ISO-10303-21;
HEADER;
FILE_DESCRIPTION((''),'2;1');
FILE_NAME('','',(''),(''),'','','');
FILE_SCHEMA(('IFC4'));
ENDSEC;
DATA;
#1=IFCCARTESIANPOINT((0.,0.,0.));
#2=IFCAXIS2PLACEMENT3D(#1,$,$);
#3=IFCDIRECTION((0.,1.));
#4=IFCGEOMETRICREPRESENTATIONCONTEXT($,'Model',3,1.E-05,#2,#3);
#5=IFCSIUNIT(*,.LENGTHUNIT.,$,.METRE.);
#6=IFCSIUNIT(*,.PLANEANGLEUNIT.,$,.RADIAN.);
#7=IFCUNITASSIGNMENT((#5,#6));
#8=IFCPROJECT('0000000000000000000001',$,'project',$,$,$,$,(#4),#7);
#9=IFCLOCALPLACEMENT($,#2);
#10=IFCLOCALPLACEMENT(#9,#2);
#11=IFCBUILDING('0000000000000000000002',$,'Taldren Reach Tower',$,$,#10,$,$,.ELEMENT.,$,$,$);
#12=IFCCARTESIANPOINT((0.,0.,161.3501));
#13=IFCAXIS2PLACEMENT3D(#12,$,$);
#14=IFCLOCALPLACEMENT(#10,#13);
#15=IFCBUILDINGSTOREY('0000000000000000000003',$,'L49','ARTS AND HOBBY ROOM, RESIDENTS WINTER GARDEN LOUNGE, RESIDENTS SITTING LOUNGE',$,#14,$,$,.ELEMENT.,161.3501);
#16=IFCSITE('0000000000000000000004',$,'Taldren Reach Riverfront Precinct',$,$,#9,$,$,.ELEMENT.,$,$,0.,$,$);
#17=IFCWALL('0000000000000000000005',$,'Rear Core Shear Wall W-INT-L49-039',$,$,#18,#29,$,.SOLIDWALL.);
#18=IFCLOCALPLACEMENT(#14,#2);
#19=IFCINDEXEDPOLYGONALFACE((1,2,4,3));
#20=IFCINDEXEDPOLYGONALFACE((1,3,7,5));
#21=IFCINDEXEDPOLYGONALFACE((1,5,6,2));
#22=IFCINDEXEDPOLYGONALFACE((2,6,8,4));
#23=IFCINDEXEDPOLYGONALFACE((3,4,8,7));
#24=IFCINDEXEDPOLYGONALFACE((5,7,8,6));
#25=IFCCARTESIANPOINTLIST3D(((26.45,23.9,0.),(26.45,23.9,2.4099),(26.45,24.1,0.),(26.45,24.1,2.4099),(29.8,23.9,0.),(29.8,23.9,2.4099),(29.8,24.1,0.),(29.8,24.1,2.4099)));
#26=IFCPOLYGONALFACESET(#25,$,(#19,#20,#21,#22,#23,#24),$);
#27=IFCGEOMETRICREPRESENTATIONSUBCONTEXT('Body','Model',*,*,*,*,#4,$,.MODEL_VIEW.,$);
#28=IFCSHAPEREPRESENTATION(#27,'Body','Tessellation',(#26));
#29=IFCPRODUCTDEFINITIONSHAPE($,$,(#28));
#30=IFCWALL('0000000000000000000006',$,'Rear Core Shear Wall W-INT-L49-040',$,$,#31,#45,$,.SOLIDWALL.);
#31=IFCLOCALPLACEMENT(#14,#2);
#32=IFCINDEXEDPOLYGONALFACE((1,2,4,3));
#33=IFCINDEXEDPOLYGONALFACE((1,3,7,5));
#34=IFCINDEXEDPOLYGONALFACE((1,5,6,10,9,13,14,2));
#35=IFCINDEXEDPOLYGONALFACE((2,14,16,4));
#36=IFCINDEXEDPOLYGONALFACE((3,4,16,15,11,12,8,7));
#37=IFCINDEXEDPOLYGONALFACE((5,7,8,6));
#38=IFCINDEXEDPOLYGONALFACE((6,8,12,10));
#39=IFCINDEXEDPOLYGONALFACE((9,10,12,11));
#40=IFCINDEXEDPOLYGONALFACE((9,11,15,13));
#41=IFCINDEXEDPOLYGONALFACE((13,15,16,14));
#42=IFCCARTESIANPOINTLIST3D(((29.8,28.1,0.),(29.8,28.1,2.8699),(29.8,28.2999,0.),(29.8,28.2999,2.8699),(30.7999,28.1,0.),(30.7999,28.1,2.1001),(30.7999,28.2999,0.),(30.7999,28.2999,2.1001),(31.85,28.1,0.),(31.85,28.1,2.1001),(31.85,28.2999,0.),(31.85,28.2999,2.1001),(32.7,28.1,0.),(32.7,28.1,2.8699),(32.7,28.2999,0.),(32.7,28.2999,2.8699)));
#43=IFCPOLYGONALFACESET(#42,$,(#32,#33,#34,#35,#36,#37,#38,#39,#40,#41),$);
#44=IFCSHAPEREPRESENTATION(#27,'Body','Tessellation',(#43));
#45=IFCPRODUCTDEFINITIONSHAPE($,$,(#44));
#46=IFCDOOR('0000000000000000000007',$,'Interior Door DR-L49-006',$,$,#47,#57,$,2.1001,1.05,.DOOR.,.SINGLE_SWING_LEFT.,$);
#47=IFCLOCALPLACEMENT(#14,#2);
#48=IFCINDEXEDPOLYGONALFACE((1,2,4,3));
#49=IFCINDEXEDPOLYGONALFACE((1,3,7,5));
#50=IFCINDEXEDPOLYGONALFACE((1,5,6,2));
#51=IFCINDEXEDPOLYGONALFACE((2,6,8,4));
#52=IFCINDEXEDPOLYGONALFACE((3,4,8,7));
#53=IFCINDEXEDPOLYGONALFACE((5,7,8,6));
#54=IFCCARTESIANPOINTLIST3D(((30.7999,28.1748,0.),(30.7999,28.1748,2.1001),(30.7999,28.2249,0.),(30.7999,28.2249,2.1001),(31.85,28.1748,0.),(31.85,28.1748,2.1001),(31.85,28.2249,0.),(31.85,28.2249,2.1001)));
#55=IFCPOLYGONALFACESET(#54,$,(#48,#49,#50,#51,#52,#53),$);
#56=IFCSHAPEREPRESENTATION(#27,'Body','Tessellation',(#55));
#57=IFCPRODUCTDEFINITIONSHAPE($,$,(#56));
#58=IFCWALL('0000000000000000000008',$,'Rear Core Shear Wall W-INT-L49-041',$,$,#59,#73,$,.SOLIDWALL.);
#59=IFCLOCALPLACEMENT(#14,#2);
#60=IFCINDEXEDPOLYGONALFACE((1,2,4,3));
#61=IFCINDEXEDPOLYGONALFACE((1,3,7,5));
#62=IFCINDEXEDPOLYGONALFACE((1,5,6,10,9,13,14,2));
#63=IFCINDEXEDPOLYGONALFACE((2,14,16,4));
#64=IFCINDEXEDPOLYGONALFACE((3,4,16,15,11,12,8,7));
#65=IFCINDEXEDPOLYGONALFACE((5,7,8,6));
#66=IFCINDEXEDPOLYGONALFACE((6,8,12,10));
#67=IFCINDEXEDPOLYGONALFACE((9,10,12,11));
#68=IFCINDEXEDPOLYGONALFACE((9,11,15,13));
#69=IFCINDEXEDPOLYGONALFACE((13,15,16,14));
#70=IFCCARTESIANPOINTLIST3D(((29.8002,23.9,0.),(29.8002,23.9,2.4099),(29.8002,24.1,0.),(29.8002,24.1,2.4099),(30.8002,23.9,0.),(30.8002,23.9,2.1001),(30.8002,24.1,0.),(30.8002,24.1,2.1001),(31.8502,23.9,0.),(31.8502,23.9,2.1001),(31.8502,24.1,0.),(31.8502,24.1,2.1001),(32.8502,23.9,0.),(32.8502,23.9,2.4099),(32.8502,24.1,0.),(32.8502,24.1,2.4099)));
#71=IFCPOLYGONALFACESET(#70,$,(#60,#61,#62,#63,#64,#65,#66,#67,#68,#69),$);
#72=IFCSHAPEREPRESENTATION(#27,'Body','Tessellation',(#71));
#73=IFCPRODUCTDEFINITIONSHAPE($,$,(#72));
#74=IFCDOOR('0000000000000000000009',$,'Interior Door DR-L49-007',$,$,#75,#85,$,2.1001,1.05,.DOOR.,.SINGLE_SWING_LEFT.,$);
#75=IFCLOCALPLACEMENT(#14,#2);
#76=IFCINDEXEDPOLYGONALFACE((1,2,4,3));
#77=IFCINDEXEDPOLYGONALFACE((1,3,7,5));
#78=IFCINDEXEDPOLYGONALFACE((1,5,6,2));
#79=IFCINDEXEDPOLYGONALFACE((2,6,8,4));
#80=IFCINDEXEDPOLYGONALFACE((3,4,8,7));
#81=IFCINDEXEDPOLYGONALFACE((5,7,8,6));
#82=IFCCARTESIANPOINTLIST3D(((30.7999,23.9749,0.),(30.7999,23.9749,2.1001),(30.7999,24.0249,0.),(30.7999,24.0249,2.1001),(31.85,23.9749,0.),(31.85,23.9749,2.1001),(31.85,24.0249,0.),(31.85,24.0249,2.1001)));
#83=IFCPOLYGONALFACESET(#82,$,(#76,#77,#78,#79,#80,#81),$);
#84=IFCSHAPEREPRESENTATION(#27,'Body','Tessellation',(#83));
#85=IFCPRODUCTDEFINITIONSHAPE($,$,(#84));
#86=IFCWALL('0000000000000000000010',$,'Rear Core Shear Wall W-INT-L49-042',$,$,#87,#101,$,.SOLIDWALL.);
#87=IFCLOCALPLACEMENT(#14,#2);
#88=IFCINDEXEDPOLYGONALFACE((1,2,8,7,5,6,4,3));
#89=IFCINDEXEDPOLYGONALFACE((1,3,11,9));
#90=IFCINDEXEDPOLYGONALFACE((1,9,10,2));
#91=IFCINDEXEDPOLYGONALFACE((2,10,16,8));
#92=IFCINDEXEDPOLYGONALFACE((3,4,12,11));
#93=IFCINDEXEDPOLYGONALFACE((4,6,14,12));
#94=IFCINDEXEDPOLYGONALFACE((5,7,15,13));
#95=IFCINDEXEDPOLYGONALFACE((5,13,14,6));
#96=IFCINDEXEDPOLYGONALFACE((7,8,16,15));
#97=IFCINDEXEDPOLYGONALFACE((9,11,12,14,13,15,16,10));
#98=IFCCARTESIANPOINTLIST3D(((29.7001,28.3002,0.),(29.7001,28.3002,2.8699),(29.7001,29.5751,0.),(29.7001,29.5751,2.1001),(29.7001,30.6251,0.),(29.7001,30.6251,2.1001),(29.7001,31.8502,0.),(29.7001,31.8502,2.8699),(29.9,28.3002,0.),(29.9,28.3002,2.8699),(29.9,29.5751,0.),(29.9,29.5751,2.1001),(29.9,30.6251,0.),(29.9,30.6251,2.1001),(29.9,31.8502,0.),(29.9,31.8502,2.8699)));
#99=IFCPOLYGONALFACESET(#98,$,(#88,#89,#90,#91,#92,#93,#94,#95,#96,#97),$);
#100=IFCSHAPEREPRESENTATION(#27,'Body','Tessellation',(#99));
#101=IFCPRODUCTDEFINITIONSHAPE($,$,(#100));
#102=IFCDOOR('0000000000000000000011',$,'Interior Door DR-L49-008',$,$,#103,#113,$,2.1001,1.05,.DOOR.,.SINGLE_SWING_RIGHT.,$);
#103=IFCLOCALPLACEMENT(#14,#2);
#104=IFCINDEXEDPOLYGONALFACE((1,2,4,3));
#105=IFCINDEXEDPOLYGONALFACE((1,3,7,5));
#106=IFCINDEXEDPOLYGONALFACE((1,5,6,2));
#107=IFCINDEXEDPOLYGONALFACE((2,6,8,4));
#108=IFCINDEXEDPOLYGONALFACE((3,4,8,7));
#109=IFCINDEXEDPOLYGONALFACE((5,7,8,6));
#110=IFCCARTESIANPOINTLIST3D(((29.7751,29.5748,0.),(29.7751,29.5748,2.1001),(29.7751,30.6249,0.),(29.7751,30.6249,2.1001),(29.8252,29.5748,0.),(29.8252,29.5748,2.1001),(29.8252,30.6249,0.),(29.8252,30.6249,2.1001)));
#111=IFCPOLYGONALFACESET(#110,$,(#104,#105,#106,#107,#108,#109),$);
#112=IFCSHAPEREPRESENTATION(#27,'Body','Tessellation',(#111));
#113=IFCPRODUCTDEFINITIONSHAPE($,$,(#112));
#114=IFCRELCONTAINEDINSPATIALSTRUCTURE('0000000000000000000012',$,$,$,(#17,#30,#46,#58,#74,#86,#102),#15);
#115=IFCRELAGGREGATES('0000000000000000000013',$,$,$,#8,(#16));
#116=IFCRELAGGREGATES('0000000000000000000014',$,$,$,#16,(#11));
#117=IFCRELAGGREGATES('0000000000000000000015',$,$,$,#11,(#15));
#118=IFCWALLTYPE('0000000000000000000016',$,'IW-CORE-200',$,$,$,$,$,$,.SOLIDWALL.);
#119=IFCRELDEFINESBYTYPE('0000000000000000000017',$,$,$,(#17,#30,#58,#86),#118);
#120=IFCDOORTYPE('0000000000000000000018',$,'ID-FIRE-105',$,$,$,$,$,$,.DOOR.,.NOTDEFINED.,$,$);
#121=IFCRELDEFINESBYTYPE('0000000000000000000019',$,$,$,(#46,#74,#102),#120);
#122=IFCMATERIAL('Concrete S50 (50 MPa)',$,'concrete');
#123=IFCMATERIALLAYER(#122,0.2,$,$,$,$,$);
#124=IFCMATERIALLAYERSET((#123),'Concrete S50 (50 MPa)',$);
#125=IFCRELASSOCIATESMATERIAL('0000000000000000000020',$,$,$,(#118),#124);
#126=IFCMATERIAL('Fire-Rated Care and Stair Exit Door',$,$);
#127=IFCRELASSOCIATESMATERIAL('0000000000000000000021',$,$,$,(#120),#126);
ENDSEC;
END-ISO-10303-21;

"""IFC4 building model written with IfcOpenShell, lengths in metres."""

from ifc_helpers import new_model, si_unit, direction, frame, frame_2d, origin, place, context, subcontext, project, spatial, rectangle, extrude, source, transform, mapped, material, layer, layer_set, type_object, element, fill, save


model = new_model("IFC4")

# Units and contexts
model_context = context("Model", 3, precision=1e-05, world=origin(), true_north=direction((0.0, 1.0)))
body_context = subcontext(model_context, "Body", "Model", "MODEL_VIEW")
ifc_project = project(units=[si_unit("LENGTHUNIT", "METRE"), si_unit("PLANEANGLEUNIT", "RADIAN")], contexts=[model_context])

# Site, building, storey
site_placement = place(None, origin())
site = spatial("IfcSite", under=ifc_project, at=site_placement, Name="Taldren Reach Riverfront Precinct", CompositionType="ELEMENT", RefElevation=0.0)
building_placement = place(site_placement, origin())
building = spatial("IfcBuilding", under=site, at=building_placement, Name="Taldren Reach Tower", CompositionType="ELEMENT")
storey_placement = place(building_placement, frame((0.0, 0.0, 161.3501)))
storey = spatial("IfcBuildingStorey", under=building, at=storey_placement, Name="L49", Description="ARTS AND HOBBY ROOM, RESIDENTS WINTER GARDEN LOUNGE, RESIDENTS SITTING LOUNGE", CompositionType="ELEMENT", Elevation=161.3501)

# Shared definitions
ifc_material_1 = material(Name="Concrete S50 (50 MPa)", Category="concrete")
ifc_layer_1 = layer(ifc_material_1, 0.2)
ifc_layer_set_1 = layer_set([ifc_layer_1], Name="Concrete S50 (50 MPa)")
wall_type_1 = type_object("IfcWallType", Name="IW-CORE-200", PredefinedType="SOLIDWALL", material=ifc_layer_set_1)

# Wall
shared_shape_1 = source(origin(), body_context, "Body", "SweptSolid", [
    extrude(rectangle(XDim=3.3501, YDim=0.2, at=frame_2d((1.675, 0.0))), origin(), (0.0, 0.0, 1.0), 2.4099),
])
wall_1_placement = place(storey_placement, frame((29.8, 24.0, 0.0), z_axis=(0.0, 0.0, 1.0), x_axis=(-1.0, 0.0, 0.0)))
element("IfcWall", 1, at=wall_1_placement, inside=storey, type_object=wall_type_1, Name="Rear Core Shear Wall W-INT-L49-039", PredefinedType="SOLIDWALL", context=body_context, shape_type="MappedRepresentation", body=[
    mapped(shared_shape_1, transform((0.0, 0.0, 0.0), scale=1.0)),
])

# Walls, openings, doors
shared_shape_2 = source(origin(), body_context, "Body", "SweptSolid", [
    extrude(rectangle(XDim=2.8999, YDim=0.2, at=frame_2d((1.45, 0.0))), origin(), (0.0, 0.0, 1.0), 2.8699),
])
wall_2_placement = place(storey_placement, frame((29.8, 28.2, 0.0), z_axis=(0.0, 0.0, 1.0), x_axis=(1.0, 0.0, 0.0)))
wall_2 = element("IfcWall", 2, at=wall_2_placement, inside=storey, type_object=wall_type_1, Name="Rear Core Shear Wall W-INT-L49-040", PredefinedType="SOLIDWALL", context=body_context, shape_type="MappedRepresentation", body=[
    mapped(shared_shape_2, transform((0.0, 0.0, 0.0), scale=1.0)),
])
shared_shape_3 = source(origin(), body_context, "Body", "SweptSolid", [
    extrude(rectangle(XDim=1.05, YDim=2.1001, at=frame_2d((0.5249, 1.05))), frame((0.0, 0.1099, 0.0), z_axis=(0.0, -1.0, 0.0), x_axis=(1.0, 0.0, 0.0)), (0.0, 0.0, 1.0), 0.22),
])
opening_1_placement = place(wall_2_placement, frame((1.0, 0.0, 0.0)))
opening_1 = element("IfcOpeningElement", 3, at=opening_1_placement, cuts=wall_2, PredefinedType="OPENING", context=body_context, shape_type="MappedRepresentation", body=[
    mapped(shared_shape_3, transform((0.0, 0.0, 0.0), scale=1.0)),
])
ifc_material_2 = material(Name="Fire-Rated Care and Stair Exit Door")
door_type_1 = type_object("IfcDoorType", Name="ID-FIRE-105", OperationType="NOTDEFINED", PredefinedType="DOOR", material=ifc_material_2)
shared_shape_4 = source(origin(), body_context, "Body", "SweptSolid", [
    extrude(rectangle(XDim=1.05, YDim=2.1001, at=frame_2d((0.5249, 1.05))), frame((0.0, 0.0249, 0.0), z_axis=(0.0, -1.0, 0.0), x_axis=(1.0, 0.0, 0.0)), (0.0, 0.0, 1.0), 0.05),
])
door_1_placement = place(opening_1_placement, origin())
door_1 = element("IfcDoor", 4, at=door_1_placement, inside=storey, type_object=door_type_1, Name="Interior Door DR-L49-006", OperationType="SINGLE_SWING_LEFT", OverallHeight=2.1001, OverallWidth=1.05, PredefinedType="DOOR", context=body_context, shape_type="MappedRepresentation", body=[
    mapped(shared_shape_4, transform((0.0, 0.0, 0.0), scale=1.0)),
])
fill(opening_1, door_1)
shared_shape_5 = source(origin(), body_context, "Body", "SweptSolid", [
    extrude(rectangle(XDim=3.05, YDim=0.2, at=frame_2d((1.5249, 0.0))), origin(), (0.0, 0.0, 1.0), 2.4099),
])
wall_3_placement = place(storey_placement, frame((32.8501, 24.0, 0.0), z_axis=(0.0, 0.0, 1.0), x_axis=(-1.0, 0.0, 0.0)))
wall_3 = element("IfcWall", 5, at=wall_3_placement, inside=storey, type_object=wall_type_1, Name="Rear Core Shear Wall W-INT-L49-041", PredefinedType="SOLIDWALL", context=body_context, shape_type="MappedRepresentation", body=[
    mapped(shared_shape_5, transform((0.0, 0.0, 0.0), scale=1.0)),
])
opening_2_placement = place(wall_3_placement, frame((1.0, 0.0, 0.0)))
opening_2 = element("IfcOpeningElement", 6, at=opening_2_placement, cuts=wall_3, PredefinedType="OPENING", context=body_context, shape_type="MappedRepresentation", body=[
    mapped(shared_shape_3, transform((0.0, 0.0, 0.0), scale=1.0)),
])
door_2_placement = place(opening_2_placement, frame((1.05, 0.0, 0.0), z_axis=(0.0, 0.0, 1.0), x_axis=(-1.0, 0.0, 0.0)))
door_2 = element("IfcDoor", 7, at=door_2_placement, inside=storey, type_object=door_type_1, Name="Interior Door DR-L49-007", OperationType="SINGLE_SWING_LEFT", OverallHeight=2.1001, OverallWidth=1.05, PredefinedType="DOOR", context=body_context, shape_type="MappedRepresentation", body=[
    mapped(shared_shape_4, transform((0.0, 0.0, 0.0), scale=1.0)),
])
fill(opening_2, door_2)
shared_shape_6 = source(origin(), body_context, "Body", "SweptSolid", [
    extrude(rectangle(XDim=3.55, YDim=0.2, at=frame_2d((1.7749, 0.0))), origin(), (0.0, 0.0, 1.0), 2.8699),
])
wall_4_placement = place(storey_placement, frame((29.8, 31.8501, 0.0), z_axis=(0.0, 0.0, 1.0), x_axis=(0.0, -1.0, 0.0)))
wall_4 = element("IfcWall", 8, at=wall_4_placement, inside=storey, type_object=wall_type_1, Name="Rear Core Shear Wall W-INT-L49-042", PredefinedType="SOLIDWALL", context=body_context, shape_type="MappedRepresentation", body=[
    mapped(shared_shape_6, transform((0.0, 0.0, 0.0), scale=1.0)),
])
opening_3_placement = place(wall_4_placement, frame((1.2251, 0.0, 0.0)))
opening_3 = element("IfcOpeningElement", 9, at=opening_3_placement, cuts=wall_4, PredefinedType="OPENING", context=body_context, shape_type="MappedRepresentation", body=[
    mapped(shared_shape_3, transform((0.0, 0.0, 0.0), scale=1.0)),
])
door_3_placement = place(opening_3_placement, frame((1.05, 0.0, 0.0), z_axis=(0.0, 0.0, 1.0), x_axis=(-1.0, 0.0, 0.0)))
door_3 = element("IfcDoor", 10, at=door_3_placement, inside=storey, type_object=door_type_1, Name="Interior Door DR-L49-008", OperationType="SINGLE_SWING_RIGHT", OverallHeight=2.1001, OverallWidth=1.05, PredefinedType="DOOR", context=body_context, shape_type="MappedRepresentation", body=[
    mapped(shared_shape_4, transform((0.0, 0.0, 0.0), scale=1.0)),
])
fill(opening_3, door_3)

save(model, "model.ifc")
